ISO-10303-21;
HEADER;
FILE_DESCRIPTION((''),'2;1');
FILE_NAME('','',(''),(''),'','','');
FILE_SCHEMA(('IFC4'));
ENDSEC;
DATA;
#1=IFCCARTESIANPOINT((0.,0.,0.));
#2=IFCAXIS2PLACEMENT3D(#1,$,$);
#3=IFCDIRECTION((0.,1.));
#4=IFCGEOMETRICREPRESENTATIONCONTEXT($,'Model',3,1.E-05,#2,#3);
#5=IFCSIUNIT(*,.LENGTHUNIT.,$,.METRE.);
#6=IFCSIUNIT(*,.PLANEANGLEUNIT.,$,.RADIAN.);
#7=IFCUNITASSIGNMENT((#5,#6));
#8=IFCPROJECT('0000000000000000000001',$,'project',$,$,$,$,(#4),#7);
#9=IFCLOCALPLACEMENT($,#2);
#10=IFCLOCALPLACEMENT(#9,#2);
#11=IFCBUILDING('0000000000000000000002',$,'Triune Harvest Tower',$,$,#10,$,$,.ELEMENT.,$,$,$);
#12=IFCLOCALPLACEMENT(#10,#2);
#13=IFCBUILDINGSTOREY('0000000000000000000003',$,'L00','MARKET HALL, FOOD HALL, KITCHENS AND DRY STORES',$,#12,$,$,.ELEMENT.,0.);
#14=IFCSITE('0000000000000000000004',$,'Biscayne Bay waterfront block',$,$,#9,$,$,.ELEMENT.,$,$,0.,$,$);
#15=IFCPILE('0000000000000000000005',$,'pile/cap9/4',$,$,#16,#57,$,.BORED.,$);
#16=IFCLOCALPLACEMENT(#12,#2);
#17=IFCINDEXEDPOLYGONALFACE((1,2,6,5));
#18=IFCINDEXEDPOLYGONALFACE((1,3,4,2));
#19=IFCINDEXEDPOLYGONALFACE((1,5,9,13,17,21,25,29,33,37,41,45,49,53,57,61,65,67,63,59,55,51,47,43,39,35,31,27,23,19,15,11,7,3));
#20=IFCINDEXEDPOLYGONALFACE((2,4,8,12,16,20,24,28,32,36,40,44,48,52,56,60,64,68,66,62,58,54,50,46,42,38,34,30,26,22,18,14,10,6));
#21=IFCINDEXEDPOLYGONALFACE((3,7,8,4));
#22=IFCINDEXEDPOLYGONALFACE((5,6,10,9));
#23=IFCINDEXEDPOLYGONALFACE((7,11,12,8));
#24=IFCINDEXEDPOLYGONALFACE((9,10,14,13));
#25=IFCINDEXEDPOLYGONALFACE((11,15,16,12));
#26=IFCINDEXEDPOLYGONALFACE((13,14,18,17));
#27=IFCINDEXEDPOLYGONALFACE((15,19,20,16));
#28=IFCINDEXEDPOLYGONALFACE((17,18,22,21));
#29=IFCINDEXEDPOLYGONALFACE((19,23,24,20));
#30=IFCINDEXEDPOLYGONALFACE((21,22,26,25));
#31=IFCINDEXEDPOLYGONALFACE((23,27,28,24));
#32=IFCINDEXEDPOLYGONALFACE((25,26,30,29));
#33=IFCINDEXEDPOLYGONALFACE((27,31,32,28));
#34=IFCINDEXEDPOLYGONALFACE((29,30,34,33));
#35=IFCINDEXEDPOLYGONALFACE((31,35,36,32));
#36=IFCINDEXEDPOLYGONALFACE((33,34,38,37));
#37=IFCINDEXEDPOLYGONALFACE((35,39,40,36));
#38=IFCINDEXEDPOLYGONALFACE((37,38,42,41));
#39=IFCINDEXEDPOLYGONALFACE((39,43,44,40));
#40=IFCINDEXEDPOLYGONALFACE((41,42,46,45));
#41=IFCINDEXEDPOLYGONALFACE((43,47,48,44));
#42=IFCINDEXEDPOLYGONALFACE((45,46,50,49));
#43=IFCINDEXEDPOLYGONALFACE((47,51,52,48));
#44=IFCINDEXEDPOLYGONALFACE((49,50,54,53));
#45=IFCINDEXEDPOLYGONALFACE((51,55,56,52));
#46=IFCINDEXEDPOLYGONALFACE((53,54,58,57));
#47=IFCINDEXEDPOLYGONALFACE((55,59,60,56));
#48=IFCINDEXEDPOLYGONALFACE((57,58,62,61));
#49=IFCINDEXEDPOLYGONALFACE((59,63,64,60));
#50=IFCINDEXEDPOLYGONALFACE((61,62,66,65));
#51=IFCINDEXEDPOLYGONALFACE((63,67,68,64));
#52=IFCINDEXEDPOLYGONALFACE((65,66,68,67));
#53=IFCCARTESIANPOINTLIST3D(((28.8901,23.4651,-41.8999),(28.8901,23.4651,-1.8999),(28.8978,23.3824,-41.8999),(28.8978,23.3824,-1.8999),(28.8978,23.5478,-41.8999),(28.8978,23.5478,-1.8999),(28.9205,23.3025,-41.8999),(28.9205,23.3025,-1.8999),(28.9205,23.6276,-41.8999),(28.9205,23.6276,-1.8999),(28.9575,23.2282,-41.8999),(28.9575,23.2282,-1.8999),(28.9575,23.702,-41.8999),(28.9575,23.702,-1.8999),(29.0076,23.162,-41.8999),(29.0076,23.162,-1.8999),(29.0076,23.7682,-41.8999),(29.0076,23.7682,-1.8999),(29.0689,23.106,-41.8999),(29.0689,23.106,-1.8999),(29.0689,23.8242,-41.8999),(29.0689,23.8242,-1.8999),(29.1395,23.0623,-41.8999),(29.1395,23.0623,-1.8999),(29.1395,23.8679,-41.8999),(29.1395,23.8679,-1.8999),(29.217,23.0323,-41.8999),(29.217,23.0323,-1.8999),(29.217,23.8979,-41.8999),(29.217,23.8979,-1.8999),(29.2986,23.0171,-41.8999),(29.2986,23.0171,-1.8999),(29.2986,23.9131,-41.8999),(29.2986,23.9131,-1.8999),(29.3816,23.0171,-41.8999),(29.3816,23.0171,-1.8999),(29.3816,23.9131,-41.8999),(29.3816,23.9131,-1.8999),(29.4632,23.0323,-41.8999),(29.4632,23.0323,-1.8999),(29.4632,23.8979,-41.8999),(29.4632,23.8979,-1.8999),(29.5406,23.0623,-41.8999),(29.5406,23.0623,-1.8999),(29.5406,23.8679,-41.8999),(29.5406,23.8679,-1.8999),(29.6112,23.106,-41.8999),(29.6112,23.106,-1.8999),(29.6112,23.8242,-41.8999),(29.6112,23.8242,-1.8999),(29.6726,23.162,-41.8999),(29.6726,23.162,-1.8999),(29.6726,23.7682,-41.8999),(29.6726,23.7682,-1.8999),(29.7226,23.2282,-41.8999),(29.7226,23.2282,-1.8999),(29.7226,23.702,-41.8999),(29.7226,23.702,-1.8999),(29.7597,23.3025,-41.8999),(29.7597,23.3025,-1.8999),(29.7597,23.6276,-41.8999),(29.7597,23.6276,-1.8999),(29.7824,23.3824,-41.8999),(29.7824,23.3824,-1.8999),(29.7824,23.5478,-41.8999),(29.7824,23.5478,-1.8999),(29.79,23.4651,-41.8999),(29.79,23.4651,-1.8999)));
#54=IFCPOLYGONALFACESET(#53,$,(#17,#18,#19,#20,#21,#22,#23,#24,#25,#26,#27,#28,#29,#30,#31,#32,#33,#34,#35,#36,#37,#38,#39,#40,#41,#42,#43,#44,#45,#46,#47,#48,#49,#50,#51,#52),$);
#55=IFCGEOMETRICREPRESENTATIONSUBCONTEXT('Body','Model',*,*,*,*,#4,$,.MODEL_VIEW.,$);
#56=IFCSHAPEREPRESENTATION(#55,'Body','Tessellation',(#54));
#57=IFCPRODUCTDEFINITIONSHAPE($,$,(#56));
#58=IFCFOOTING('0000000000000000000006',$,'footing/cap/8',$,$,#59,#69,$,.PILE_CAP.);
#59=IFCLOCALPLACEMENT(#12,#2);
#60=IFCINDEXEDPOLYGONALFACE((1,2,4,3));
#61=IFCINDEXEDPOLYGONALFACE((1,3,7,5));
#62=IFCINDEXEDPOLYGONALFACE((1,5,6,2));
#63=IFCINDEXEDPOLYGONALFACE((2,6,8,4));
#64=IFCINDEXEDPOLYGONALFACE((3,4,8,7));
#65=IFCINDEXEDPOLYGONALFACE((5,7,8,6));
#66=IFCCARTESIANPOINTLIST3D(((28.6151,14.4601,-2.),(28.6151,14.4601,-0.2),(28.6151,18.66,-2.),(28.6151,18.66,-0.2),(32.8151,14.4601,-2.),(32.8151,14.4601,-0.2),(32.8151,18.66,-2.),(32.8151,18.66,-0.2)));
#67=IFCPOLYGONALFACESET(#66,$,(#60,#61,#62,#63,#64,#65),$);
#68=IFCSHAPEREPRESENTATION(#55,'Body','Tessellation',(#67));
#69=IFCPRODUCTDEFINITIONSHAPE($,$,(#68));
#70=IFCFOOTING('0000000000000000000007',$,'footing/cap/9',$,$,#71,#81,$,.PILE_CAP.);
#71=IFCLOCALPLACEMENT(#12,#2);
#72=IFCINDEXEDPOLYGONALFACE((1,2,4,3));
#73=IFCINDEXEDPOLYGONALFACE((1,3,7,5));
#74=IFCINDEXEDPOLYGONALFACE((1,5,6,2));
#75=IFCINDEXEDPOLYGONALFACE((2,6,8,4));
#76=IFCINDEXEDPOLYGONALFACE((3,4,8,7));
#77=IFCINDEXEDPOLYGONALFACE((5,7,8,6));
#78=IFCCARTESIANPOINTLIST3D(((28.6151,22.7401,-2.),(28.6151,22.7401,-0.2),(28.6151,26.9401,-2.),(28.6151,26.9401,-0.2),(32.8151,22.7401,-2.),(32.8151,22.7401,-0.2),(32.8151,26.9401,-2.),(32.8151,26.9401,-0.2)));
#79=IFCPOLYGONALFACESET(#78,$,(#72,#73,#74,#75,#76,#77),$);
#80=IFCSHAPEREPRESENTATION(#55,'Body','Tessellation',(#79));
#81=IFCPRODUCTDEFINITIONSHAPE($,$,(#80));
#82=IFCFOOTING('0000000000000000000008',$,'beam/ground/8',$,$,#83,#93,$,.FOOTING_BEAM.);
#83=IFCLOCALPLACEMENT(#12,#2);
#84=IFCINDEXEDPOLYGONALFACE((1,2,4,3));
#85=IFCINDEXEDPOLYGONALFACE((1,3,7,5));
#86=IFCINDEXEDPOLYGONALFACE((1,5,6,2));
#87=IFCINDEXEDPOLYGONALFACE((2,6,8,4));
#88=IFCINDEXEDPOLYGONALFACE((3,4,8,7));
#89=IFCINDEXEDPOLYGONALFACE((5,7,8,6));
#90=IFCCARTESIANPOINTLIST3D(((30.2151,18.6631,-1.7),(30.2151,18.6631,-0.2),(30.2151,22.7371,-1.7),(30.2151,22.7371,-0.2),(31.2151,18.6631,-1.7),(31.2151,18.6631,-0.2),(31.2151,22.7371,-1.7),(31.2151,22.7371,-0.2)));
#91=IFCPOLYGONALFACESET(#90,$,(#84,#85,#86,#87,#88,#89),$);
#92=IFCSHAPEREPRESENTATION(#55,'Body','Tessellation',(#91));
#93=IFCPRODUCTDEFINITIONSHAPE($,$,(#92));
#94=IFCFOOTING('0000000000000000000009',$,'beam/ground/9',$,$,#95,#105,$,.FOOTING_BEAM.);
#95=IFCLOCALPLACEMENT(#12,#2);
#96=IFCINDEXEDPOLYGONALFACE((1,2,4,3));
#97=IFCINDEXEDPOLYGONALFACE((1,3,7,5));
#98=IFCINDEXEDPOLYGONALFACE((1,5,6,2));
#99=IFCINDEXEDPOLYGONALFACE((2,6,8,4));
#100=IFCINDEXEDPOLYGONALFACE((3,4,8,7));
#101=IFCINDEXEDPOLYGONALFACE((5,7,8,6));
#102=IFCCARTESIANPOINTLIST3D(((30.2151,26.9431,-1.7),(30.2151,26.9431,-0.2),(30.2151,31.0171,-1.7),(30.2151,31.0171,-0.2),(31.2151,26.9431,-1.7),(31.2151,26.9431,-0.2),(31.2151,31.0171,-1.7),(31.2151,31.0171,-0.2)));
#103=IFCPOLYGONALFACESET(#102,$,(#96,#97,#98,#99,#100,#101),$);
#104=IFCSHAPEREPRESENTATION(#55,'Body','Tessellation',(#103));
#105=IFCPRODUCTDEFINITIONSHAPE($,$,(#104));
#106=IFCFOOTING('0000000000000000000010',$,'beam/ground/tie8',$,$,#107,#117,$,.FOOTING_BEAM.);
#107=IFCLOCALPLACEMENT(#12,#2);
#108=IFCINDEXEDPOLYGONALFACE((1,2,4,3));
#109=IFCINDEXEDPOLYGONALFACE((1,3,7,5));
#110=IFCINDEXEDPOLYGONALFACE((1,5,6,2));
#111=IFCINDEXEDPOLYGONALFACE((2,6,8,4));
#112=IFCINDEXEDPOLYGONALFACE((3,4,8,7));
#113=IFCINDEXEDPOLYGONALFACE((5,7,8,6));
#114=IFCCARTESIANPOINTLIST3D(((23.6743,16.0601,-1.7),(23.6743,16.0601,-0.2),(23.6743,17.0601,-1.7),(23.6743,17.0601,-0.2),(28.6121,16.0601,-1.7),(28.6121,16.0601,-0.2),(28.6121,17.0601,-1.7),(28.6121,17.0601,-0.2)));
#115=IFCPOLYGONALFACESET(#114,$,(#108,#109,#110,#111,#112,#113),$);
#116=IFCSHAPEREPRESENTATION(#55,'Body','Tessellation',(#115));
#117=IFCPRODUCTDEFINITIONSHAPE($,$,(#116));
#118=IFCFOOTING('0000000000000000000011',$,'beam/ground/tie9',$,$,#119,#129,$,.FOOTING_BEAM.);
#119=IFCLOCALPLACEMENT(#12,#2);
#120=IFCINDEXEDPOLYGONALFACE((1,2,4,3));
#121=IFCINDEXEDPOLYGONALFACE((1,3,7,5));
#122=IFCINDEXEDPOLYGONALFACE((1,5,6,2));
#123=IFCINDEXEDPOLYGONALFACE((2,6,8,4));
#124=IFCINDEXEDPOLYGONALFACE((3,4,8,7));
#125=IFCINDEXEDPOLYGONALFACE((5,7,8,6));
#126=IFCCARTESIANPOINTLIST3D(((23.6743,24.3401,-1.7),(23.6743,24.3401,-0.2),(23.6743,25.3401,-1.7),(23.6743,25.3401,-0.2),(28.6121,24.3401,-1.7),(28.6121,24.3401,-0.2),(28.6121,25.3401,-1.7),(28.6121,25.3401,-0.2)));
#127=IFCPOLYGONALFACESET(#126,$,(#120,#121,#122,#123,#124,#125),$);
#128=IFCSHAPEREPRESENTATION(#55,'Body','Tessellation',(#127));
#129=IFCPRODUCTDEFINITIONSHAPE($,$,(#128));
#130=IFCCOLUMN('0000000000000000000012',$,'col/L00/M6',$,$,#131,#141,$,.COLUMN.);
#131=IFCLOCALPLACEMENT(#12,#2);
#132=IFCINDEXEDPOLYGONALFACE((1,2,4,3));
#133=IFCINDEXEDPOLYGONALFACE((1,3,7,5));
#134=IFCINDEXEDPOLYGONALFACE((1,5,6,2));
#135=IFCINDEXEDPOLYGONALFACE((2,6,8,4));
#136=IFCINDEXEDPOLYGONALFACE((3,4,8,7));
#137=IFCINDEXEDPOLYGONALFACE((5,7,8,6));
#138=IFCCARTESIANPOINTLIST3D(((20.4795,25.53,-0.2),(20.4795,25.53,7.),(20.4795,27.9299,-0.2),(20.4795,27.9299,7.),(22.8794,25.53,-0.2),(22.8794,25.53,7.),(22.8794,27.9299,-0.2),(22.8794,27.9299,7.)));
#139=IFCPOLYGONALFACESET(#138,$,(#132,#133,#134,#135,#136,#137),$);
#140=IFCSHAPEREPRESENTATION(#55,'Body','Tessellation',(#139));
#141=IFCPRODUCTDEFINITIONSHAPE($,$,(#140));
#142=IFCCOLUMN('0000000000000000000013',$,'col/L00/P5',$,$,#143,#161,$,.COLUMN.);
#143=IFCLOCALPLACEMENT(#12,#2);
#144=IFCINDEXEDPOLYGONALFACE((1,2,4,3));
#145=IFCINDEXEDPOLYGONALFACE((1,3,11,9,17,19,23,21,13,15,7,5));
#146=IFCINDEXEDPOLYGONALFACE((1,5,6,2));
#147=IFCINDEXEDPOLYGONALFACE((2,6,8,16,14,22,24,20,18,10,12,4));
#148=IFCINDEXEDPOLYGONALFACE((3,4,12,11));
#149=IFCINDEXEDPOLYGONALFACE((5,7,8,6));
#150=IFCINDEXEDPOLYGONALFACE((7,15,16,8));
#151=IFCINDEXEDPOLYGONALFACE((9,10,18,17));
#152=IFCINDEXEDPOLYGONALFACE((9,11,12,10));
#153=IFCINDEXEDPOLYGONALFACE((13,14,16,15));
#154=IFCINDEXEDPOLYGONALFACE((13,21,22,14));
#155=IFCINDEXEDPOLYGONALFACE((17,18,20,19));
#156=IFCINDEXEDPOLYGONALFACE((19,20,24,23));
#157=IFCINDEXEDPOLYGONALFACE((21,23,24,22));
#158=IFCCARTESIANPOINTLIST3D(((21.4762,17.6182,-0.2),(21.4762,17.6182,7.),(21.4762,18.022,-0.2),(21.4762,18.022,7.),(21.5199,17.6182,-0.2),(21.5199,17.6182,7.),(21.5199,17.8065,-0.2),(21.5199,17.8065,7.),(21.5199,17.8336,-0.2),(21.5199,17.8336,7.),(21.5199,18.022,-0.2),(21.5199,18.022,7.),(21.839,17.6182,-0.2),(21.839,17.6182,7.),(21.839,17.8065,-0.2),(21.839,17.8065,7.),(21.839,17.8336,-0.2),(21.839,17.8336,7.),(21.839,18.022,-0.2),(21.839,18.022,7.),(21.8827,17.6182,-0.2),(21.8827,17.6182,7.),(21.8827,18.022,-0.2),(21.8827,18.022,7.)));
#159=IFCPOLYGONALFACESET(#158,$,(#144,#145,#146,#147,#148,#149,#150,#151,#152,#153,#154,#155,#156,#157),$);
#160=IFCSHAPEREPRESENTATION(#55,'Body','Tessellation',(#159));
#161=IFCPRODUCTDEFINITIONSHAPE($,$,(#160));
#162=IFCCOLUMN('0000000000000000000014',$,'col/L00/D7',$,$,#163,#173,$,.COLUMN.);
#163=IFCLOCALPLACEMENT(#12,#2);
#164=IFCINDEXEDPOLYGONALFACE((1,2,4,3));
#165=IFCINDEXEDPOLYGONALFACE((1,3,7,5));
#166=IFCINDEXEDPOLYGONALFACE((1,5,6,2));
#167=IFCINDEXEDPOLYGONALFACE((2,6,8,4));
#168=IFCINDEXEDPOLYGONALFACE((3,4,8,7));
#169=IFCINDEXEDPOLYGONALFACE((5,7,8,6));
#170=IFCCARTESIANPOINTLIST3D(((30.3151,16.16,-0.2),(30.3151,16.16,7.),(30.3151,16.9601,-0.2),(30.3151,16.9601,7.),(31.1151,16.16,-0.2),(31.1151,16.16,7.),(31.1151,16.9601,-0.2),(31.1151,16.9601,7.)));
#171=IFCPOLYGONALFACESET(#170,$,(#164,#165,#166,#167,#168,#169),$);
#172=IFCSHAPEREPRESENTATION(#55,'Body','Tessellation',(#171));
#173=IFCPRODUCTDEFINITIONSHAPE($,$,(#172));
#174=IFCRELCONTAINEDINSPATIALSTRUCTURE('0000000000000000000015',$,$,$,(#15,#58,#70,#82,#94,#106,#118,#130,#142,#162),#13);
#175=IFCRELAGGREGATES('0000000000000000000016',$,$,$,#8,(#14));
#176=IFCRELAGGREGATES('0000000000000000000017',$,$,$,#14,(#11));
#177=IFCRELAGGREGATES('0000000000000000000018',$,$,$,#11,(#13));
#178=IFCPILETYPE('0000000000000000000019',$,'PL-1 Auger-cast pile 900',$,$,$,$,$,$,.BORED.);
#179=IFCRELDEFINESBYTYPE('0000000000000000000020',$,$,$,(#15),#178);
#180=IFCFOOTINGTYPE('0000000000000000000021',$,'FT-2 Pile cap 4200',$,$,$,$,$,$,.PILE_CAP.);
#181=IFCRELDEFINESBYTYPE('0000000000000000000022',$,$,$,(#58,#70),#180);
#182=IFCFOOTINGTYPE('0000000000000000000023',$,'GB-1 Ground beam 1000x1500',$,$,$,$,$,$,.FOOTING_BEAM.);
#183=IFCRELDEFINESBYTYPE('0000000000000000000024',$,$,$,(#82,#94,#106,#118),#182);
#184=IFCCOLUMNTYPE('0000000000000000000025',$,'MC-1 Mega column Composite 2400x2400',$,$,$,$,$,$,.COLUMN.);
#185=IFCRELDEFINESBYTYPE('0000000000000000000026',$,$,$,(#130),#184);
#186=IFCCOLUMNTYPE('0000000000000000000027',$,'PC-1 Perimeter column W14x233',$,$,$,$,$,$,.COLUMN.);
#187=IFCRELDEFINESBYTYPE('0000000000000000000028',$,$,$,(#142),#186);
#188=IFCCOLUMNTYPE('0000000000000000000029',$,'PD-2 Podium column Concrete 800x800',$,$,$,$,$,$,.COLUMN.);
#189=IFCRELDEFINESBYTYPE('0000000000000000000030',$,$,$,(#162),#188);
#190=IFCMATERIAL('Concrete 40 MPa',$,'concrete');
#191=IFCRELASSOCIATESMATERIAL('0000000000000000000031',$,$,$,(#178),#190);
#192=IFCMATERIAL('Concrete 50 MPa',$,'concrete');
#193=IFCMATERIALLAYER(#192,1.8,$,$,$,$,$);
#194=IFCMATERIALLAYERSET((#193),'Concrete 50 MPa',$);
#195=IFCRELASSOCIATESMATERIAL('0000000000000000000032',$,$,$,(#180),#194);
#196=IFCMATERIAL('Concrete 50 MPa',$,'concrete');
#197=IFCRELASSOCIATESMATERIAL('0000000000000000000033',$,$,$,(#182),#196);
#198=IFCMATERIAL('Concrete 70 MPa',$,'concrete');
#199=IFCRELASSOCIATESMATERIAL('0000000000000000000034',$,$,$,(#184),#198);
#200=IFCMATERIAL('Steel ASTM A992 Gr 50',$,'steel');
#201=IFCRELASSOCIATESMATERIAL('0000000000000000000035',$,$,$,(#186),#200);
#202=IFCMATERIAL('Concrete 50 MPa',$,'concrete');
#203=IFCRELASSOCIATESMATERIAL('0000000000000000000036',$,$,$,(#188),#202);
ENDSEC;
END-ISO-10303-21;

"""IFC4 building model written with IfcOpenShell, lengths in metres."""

from ifc_helpers import new_model, si_unit, direction, frame, origin, origin_2d, place, context, subcontext, project, spatial, rectangle, circle, i_section, extrude, source, transform, mapped, material, layer, layer_set, material_profile, profile_set, type_object, element, save


model = new_model("IFC4")

# Units and contexts
model_context = context("Model", 3, precision=1e-05, world=origin(), true_north=direction((0.0, 1.0)))
body_context = subcontext(model_context, "Body", "Model", "MODEL_VIEW")
ifc_project = project(units=[si_unit("LENGTHUNIT", "METRE"), si_unit("PLANEANGLEUNIT", "RADIAN")], contexts=[model_context])

# Site, building, storey
site_placement = place(None, origin())
site = spatial("IfcSite", under=ifc_project, at=site_placement, Name="Biscayne Bay waterfront block", CompositionType="ELEMENT", RefElevation=0.0)
building_placement = place(site_placement, origin())
building = spatial("IfcBuilding", under=site, at=building_placement, Name="Triune Harvest Tower", CompositionType="ELEMENT")
storey_placement = place(building_placement, origin())
storey = spatial("IfcBuildingStorey", under=building, at=storey_placement, Name="L00", Description="MARKET HALL, FOOD HALL, KITCHENS AND DRY STORES", CompositionType="ELEMENT", Elevation=0.0)

# Pile
ifc_material_1 = material(Name="Concrete 40 MPa", Category="concrete")
ifc_material_profile_1 = material_profile(ifc_material_1, circle(Radius=0.45, at=origin_2d()), Name="Bored 900")
ifc_profile_set_1 = profile_set([ifc_material_profile_1], Name="Concrete 40 MPa")
pile_type = type_object("IfcPileType", Name="PL-1 Auger-cast pile 900", PredefinedType="BORED", material=ifc_profile_set_1)
shared_shape_1 = source(origin(), body_context, "Body", "SweptSolid", [
    extrude(circle(Radius=0.45, at=origin_2d()), origin(), (0.0, 0.0, 1.0), 40.0),
])
for number, where, z_axis, x_axis, name in (
    (1, (29.3401, 23.4651, -1.8999), (0.0, 0.0, -1.0), (1.0, 0.0, 0.0), "pile/cap9/4"),
):
    element("IfcPile", number, at=place(storey_placement, frame(where, z_axis=z_axis, x_axis=x_axis)), inside=storey, type_object=pile_type, Name=name, PredefinedType="BORED", context=body_context, shape_type="MappedRepresentation", body=[
        mapped(shared_shape_1, transform((0.0, 0.0, 0.0), scale=1.0)),
    ])

# Footings
ifc_material_2 = material(Name="Concrete 50 MPa", Category="concrete")
ifc_layer_1 = layer(ifc_material_2, 1.8)
ifc_layer_set_1 = layer_set([ifc_layer_1], Name="Concrete 50 MPa")
footing_type_1 = type_object("IfcFootingType", Name="FT-2 Pile cap 4200", PredefinedType="PILE_CAP", material=ifc_layer_set_1)
shared_shape_2 = source(origin(), body_context, "Body", "SweptSolid", [
    extrude(rectangle(XDim=4.2, YDim=4.2, at=origin_2d()), origin(), (0.0, 0.0, 1.0), 1.8),
])
for number, where, z_axis, x_axis, name in (
    (2, (30.7151, 16.5601, -2.0), (0.0, 0.0, 1.0), (0.0, 1.0, 0.0), "footing/cap/8"),
    (3, (30.7151, 24.8401, -2.0), (0.0, 0.0, 1.0), (0.0, 1.0, 0.0), "footing/cap/9"),
):
    element("IfcFooting", number, at=place(storey_placement, frame(where, z_axis=z_axis, x_axis=x_axis)), inside=storey, type_object=footing_type_1, Name=name, PredefinedType="PILE_CAP", context=body_context, shape_type="MappedRepresentation", body=[
        mapped(shared_shape_2, transform((0.0, 0.0, 0.0), scale=1.0)),
    ])
ifc_material_3 = material(Name="Concrete 50 MPa", Category="concrete")
ifc_material_profile_2 = material_profile(ifc_material_3, rectangle(XDim=1.0, YDim=1.5, at=origin_2d()), Name="Concrete 1000x1500")
ifc_profile_set_2 = profile_set([ifc_material_profile_2], Name="Concrete 50 MPa")
footing_type_2 = type_object("IfcFootingType", Name="GB-1 Ground beam 1000x1500", PredefinedType="FOOTING_BEAM", material=ifc_profile_set_2)
shared_shape_3 = source(origin(), body_context, "Body", "SweptSolid", [
    extrude(rectangle(XDim=1.0, YDim=1.5, at=origin_2d()), origin(), (0.0, 0.0, 1.0), 4.074),
])
for number, where, z_axis, x_axis, name in (
    (4, (30.7151, 18.6631, -0.95), (0.0, 1.0, 0.0), (-1.0, 0.0, 0.0), "beam/ground/8"),
    (5, (30.7151, 26.9431, -0.95), (0.0, 1.0, 0.0), (-1.0, 0.0, 0.0), "beam/ground/9"),
):
    element("IfcFooting", number, at=place(storey_placement, frame(where, z_axis=z_axis, x_axis=x_axis)), inside=storey, type_object=footing_type_2, Name=name, PredefinedType="FOOTING_BEAM", context=body_context, shape_type="MappedRepresentation", body=[
        mapped(shared_shape_3, transform((0.0, 0.0, 0.0), scale=1.0)),
    ])
shared_shape_4 = source(origin(), body_context, "Body", "SweptSolid", [
    extrude(rectangle(XDim=1.0, YDim=1.5, at=origin_2d()), origin(), (0.0, 0.0, 1.0), 4.9377),
])
for number, where, z_axis, x_axis, name in (
    (6, (28.6121, 16.5601, -0.95), (-1.0, 0.0, 0.0), (0.0, -1.0, 0.0), "beam/ground/tie8"),
    (7, (28.6121, 24.8401, -0.95), (-1.0, 0.0, 0.0), (0.0, -1.0, 0.0), "beam/ground/tie9"),
):
    element("IfcFooting", number, at=place(storey_placement, frame(where, z_axis=z_axis, x_axis=x_axis)), inside=storey, type_object=footing_type_2, Name=name, PredefinedType="FOOTING_BEAM", context=body_context, shape_type="MappedRepresentation", body=[
        mapped(shared_shape_4, transform((0.0, 0.0, 0.0), scale=1.0)),
    ])

# Columns
ifc_material_4 = material(Name="Concrete 70 MPa", Category="concrete")
ifc_material_profile_3 = material_profile(ifc_material_4, rectangle(XDim=2.3999, YDim=2.3999, at=origin_2d()), Name="Composite 2400x2400")
ifc_profile_set_3 = profile_set([ifc_material_profile_3], Name="Concrete 70 MPa")
column_type_1 = type_object("IfcColumnType", Name="MC-1 Mega column Composite 2400x2400", PredefinedType="COLUMN", material=ifc_profile_set_3)
shared_shape_5 = source(origin(), body_context, "Body", "SweptSolid", [
    extrude(rectangle(XDim=2.3999, YDim=2.3999, at=origin_2d()), origin(), (0.0, 0.0, 1.0), 7.2),
])
column_1_placement = place(storey_placement, frame((21.6794, 26.73, -0.2), z_axis=(0.0, 0.0, 1.0), x_axis=(0.0, 1.0, 0.0)))
element("IfcColumn", 8, at=column_1_placement, inside=storey, type_object=column_type_1, Name="col/L00/M6", PredefinedType="COLUMN", context=body_context, shape_type="MappedRepresentation", body=[
    mapped(shared_shape_5, transform((0.0, 0.0, 0.0), scale=1.0)),
])
ifc_material_5 = material(Name="Steel ASTM A992 Gr 50", Category="steel")
ifc_material_profile_4 = material_profile(ifc_material_5, i_section(OverallWidth=0.4038, OverallDepth=0.4065, WebThickness=0.0271, FlangeThickness=0.0437, at=origin_2d()), Name="W14x233")
ifc_profile_set_4 = profile_set([ifc_material_profile_4], Name="Steel ASTM A992 Gr 50")
column_type_2 = type_object("IfcColumnType", Name="PC-1 Perimeter column W14x233", PredefinedType="COLUMN", material=ifc_profile_set_4)
shared_shape_6 = source(origin(), body_context, "Body", "SweptSolid", [
    extrude(i_section(OverallWidth=0.4038, OverallDepth=0.4065, WebThickness=0.0271, FlangeThickness=0.0437, at=origin_2d()), origin(), (0.0, 0.0, 1.0), 7.2),
])
column_2_placement = place(storey_placement, frame((21.6794, 17.8201, -0.2), z_axis=(0.0, 0.0, 1.0), x_axis=(0.0, 1.0, 0.0)))
element("IfcColumn", 9, at=column_2_placement, inside=storey, type_object=column_type_2, Name="col/L00/P5", PredefinedType="COLUMN", context=body_context, shape_type="MappedRepresentation", body=[
    mapped(shared_shape_6, transform((0.0, 0.0, 0.0), scale=1.0)),
])
ifc_material_6 = material(Name="Concrete 50 MPa", Category="concrete")
ifc_material_profile_5 = material_profile(ifc_material_6, rectangle(XDim=0.8, YDim=0.8, at=origin_2d()), Name="Concrete 800x800")
ifc_profile_set_5 = profile_set([ifc_material_profile_5], Name="Concrete 50 MPa")
column_type_3 = type_object("IfcColumnType", Name="PD-2 Podium column Concrete 800x800", PredefinedType="COLUMN", material=ifc_profile_set_5)
shared_shape_7 = source(origin(), body_context, "Body", "SweptSolid", [
    extrude(rectangle(XDim=0.8, YDim=0.8, at=origin_2d()), origin(), (0.0, 0.0, 1.0), 7.2),
])
for number, where, z_axis, x_axis, name in (
    (10, (30.7151, 16.5601, -0.2), (0.0, 0.0, 1.0), (0.0, 1.0, 0.0), "col/L00/D7"),
):
    element("IfcColumn", number, at=place(storey_placement, frame(where, z_axis=z_axis, x_axis=x_axis)), inside=storey, type_object=column_type_3, Name=name, PredefinedType="COLUMN", context=body_context, shape_type="MappedRepresentation", body=[
        mapped(shared_shape_7, transform((0.0, 0.0, 0.0), scale=1.0)),
    ])

save(model, "model.ifc")
